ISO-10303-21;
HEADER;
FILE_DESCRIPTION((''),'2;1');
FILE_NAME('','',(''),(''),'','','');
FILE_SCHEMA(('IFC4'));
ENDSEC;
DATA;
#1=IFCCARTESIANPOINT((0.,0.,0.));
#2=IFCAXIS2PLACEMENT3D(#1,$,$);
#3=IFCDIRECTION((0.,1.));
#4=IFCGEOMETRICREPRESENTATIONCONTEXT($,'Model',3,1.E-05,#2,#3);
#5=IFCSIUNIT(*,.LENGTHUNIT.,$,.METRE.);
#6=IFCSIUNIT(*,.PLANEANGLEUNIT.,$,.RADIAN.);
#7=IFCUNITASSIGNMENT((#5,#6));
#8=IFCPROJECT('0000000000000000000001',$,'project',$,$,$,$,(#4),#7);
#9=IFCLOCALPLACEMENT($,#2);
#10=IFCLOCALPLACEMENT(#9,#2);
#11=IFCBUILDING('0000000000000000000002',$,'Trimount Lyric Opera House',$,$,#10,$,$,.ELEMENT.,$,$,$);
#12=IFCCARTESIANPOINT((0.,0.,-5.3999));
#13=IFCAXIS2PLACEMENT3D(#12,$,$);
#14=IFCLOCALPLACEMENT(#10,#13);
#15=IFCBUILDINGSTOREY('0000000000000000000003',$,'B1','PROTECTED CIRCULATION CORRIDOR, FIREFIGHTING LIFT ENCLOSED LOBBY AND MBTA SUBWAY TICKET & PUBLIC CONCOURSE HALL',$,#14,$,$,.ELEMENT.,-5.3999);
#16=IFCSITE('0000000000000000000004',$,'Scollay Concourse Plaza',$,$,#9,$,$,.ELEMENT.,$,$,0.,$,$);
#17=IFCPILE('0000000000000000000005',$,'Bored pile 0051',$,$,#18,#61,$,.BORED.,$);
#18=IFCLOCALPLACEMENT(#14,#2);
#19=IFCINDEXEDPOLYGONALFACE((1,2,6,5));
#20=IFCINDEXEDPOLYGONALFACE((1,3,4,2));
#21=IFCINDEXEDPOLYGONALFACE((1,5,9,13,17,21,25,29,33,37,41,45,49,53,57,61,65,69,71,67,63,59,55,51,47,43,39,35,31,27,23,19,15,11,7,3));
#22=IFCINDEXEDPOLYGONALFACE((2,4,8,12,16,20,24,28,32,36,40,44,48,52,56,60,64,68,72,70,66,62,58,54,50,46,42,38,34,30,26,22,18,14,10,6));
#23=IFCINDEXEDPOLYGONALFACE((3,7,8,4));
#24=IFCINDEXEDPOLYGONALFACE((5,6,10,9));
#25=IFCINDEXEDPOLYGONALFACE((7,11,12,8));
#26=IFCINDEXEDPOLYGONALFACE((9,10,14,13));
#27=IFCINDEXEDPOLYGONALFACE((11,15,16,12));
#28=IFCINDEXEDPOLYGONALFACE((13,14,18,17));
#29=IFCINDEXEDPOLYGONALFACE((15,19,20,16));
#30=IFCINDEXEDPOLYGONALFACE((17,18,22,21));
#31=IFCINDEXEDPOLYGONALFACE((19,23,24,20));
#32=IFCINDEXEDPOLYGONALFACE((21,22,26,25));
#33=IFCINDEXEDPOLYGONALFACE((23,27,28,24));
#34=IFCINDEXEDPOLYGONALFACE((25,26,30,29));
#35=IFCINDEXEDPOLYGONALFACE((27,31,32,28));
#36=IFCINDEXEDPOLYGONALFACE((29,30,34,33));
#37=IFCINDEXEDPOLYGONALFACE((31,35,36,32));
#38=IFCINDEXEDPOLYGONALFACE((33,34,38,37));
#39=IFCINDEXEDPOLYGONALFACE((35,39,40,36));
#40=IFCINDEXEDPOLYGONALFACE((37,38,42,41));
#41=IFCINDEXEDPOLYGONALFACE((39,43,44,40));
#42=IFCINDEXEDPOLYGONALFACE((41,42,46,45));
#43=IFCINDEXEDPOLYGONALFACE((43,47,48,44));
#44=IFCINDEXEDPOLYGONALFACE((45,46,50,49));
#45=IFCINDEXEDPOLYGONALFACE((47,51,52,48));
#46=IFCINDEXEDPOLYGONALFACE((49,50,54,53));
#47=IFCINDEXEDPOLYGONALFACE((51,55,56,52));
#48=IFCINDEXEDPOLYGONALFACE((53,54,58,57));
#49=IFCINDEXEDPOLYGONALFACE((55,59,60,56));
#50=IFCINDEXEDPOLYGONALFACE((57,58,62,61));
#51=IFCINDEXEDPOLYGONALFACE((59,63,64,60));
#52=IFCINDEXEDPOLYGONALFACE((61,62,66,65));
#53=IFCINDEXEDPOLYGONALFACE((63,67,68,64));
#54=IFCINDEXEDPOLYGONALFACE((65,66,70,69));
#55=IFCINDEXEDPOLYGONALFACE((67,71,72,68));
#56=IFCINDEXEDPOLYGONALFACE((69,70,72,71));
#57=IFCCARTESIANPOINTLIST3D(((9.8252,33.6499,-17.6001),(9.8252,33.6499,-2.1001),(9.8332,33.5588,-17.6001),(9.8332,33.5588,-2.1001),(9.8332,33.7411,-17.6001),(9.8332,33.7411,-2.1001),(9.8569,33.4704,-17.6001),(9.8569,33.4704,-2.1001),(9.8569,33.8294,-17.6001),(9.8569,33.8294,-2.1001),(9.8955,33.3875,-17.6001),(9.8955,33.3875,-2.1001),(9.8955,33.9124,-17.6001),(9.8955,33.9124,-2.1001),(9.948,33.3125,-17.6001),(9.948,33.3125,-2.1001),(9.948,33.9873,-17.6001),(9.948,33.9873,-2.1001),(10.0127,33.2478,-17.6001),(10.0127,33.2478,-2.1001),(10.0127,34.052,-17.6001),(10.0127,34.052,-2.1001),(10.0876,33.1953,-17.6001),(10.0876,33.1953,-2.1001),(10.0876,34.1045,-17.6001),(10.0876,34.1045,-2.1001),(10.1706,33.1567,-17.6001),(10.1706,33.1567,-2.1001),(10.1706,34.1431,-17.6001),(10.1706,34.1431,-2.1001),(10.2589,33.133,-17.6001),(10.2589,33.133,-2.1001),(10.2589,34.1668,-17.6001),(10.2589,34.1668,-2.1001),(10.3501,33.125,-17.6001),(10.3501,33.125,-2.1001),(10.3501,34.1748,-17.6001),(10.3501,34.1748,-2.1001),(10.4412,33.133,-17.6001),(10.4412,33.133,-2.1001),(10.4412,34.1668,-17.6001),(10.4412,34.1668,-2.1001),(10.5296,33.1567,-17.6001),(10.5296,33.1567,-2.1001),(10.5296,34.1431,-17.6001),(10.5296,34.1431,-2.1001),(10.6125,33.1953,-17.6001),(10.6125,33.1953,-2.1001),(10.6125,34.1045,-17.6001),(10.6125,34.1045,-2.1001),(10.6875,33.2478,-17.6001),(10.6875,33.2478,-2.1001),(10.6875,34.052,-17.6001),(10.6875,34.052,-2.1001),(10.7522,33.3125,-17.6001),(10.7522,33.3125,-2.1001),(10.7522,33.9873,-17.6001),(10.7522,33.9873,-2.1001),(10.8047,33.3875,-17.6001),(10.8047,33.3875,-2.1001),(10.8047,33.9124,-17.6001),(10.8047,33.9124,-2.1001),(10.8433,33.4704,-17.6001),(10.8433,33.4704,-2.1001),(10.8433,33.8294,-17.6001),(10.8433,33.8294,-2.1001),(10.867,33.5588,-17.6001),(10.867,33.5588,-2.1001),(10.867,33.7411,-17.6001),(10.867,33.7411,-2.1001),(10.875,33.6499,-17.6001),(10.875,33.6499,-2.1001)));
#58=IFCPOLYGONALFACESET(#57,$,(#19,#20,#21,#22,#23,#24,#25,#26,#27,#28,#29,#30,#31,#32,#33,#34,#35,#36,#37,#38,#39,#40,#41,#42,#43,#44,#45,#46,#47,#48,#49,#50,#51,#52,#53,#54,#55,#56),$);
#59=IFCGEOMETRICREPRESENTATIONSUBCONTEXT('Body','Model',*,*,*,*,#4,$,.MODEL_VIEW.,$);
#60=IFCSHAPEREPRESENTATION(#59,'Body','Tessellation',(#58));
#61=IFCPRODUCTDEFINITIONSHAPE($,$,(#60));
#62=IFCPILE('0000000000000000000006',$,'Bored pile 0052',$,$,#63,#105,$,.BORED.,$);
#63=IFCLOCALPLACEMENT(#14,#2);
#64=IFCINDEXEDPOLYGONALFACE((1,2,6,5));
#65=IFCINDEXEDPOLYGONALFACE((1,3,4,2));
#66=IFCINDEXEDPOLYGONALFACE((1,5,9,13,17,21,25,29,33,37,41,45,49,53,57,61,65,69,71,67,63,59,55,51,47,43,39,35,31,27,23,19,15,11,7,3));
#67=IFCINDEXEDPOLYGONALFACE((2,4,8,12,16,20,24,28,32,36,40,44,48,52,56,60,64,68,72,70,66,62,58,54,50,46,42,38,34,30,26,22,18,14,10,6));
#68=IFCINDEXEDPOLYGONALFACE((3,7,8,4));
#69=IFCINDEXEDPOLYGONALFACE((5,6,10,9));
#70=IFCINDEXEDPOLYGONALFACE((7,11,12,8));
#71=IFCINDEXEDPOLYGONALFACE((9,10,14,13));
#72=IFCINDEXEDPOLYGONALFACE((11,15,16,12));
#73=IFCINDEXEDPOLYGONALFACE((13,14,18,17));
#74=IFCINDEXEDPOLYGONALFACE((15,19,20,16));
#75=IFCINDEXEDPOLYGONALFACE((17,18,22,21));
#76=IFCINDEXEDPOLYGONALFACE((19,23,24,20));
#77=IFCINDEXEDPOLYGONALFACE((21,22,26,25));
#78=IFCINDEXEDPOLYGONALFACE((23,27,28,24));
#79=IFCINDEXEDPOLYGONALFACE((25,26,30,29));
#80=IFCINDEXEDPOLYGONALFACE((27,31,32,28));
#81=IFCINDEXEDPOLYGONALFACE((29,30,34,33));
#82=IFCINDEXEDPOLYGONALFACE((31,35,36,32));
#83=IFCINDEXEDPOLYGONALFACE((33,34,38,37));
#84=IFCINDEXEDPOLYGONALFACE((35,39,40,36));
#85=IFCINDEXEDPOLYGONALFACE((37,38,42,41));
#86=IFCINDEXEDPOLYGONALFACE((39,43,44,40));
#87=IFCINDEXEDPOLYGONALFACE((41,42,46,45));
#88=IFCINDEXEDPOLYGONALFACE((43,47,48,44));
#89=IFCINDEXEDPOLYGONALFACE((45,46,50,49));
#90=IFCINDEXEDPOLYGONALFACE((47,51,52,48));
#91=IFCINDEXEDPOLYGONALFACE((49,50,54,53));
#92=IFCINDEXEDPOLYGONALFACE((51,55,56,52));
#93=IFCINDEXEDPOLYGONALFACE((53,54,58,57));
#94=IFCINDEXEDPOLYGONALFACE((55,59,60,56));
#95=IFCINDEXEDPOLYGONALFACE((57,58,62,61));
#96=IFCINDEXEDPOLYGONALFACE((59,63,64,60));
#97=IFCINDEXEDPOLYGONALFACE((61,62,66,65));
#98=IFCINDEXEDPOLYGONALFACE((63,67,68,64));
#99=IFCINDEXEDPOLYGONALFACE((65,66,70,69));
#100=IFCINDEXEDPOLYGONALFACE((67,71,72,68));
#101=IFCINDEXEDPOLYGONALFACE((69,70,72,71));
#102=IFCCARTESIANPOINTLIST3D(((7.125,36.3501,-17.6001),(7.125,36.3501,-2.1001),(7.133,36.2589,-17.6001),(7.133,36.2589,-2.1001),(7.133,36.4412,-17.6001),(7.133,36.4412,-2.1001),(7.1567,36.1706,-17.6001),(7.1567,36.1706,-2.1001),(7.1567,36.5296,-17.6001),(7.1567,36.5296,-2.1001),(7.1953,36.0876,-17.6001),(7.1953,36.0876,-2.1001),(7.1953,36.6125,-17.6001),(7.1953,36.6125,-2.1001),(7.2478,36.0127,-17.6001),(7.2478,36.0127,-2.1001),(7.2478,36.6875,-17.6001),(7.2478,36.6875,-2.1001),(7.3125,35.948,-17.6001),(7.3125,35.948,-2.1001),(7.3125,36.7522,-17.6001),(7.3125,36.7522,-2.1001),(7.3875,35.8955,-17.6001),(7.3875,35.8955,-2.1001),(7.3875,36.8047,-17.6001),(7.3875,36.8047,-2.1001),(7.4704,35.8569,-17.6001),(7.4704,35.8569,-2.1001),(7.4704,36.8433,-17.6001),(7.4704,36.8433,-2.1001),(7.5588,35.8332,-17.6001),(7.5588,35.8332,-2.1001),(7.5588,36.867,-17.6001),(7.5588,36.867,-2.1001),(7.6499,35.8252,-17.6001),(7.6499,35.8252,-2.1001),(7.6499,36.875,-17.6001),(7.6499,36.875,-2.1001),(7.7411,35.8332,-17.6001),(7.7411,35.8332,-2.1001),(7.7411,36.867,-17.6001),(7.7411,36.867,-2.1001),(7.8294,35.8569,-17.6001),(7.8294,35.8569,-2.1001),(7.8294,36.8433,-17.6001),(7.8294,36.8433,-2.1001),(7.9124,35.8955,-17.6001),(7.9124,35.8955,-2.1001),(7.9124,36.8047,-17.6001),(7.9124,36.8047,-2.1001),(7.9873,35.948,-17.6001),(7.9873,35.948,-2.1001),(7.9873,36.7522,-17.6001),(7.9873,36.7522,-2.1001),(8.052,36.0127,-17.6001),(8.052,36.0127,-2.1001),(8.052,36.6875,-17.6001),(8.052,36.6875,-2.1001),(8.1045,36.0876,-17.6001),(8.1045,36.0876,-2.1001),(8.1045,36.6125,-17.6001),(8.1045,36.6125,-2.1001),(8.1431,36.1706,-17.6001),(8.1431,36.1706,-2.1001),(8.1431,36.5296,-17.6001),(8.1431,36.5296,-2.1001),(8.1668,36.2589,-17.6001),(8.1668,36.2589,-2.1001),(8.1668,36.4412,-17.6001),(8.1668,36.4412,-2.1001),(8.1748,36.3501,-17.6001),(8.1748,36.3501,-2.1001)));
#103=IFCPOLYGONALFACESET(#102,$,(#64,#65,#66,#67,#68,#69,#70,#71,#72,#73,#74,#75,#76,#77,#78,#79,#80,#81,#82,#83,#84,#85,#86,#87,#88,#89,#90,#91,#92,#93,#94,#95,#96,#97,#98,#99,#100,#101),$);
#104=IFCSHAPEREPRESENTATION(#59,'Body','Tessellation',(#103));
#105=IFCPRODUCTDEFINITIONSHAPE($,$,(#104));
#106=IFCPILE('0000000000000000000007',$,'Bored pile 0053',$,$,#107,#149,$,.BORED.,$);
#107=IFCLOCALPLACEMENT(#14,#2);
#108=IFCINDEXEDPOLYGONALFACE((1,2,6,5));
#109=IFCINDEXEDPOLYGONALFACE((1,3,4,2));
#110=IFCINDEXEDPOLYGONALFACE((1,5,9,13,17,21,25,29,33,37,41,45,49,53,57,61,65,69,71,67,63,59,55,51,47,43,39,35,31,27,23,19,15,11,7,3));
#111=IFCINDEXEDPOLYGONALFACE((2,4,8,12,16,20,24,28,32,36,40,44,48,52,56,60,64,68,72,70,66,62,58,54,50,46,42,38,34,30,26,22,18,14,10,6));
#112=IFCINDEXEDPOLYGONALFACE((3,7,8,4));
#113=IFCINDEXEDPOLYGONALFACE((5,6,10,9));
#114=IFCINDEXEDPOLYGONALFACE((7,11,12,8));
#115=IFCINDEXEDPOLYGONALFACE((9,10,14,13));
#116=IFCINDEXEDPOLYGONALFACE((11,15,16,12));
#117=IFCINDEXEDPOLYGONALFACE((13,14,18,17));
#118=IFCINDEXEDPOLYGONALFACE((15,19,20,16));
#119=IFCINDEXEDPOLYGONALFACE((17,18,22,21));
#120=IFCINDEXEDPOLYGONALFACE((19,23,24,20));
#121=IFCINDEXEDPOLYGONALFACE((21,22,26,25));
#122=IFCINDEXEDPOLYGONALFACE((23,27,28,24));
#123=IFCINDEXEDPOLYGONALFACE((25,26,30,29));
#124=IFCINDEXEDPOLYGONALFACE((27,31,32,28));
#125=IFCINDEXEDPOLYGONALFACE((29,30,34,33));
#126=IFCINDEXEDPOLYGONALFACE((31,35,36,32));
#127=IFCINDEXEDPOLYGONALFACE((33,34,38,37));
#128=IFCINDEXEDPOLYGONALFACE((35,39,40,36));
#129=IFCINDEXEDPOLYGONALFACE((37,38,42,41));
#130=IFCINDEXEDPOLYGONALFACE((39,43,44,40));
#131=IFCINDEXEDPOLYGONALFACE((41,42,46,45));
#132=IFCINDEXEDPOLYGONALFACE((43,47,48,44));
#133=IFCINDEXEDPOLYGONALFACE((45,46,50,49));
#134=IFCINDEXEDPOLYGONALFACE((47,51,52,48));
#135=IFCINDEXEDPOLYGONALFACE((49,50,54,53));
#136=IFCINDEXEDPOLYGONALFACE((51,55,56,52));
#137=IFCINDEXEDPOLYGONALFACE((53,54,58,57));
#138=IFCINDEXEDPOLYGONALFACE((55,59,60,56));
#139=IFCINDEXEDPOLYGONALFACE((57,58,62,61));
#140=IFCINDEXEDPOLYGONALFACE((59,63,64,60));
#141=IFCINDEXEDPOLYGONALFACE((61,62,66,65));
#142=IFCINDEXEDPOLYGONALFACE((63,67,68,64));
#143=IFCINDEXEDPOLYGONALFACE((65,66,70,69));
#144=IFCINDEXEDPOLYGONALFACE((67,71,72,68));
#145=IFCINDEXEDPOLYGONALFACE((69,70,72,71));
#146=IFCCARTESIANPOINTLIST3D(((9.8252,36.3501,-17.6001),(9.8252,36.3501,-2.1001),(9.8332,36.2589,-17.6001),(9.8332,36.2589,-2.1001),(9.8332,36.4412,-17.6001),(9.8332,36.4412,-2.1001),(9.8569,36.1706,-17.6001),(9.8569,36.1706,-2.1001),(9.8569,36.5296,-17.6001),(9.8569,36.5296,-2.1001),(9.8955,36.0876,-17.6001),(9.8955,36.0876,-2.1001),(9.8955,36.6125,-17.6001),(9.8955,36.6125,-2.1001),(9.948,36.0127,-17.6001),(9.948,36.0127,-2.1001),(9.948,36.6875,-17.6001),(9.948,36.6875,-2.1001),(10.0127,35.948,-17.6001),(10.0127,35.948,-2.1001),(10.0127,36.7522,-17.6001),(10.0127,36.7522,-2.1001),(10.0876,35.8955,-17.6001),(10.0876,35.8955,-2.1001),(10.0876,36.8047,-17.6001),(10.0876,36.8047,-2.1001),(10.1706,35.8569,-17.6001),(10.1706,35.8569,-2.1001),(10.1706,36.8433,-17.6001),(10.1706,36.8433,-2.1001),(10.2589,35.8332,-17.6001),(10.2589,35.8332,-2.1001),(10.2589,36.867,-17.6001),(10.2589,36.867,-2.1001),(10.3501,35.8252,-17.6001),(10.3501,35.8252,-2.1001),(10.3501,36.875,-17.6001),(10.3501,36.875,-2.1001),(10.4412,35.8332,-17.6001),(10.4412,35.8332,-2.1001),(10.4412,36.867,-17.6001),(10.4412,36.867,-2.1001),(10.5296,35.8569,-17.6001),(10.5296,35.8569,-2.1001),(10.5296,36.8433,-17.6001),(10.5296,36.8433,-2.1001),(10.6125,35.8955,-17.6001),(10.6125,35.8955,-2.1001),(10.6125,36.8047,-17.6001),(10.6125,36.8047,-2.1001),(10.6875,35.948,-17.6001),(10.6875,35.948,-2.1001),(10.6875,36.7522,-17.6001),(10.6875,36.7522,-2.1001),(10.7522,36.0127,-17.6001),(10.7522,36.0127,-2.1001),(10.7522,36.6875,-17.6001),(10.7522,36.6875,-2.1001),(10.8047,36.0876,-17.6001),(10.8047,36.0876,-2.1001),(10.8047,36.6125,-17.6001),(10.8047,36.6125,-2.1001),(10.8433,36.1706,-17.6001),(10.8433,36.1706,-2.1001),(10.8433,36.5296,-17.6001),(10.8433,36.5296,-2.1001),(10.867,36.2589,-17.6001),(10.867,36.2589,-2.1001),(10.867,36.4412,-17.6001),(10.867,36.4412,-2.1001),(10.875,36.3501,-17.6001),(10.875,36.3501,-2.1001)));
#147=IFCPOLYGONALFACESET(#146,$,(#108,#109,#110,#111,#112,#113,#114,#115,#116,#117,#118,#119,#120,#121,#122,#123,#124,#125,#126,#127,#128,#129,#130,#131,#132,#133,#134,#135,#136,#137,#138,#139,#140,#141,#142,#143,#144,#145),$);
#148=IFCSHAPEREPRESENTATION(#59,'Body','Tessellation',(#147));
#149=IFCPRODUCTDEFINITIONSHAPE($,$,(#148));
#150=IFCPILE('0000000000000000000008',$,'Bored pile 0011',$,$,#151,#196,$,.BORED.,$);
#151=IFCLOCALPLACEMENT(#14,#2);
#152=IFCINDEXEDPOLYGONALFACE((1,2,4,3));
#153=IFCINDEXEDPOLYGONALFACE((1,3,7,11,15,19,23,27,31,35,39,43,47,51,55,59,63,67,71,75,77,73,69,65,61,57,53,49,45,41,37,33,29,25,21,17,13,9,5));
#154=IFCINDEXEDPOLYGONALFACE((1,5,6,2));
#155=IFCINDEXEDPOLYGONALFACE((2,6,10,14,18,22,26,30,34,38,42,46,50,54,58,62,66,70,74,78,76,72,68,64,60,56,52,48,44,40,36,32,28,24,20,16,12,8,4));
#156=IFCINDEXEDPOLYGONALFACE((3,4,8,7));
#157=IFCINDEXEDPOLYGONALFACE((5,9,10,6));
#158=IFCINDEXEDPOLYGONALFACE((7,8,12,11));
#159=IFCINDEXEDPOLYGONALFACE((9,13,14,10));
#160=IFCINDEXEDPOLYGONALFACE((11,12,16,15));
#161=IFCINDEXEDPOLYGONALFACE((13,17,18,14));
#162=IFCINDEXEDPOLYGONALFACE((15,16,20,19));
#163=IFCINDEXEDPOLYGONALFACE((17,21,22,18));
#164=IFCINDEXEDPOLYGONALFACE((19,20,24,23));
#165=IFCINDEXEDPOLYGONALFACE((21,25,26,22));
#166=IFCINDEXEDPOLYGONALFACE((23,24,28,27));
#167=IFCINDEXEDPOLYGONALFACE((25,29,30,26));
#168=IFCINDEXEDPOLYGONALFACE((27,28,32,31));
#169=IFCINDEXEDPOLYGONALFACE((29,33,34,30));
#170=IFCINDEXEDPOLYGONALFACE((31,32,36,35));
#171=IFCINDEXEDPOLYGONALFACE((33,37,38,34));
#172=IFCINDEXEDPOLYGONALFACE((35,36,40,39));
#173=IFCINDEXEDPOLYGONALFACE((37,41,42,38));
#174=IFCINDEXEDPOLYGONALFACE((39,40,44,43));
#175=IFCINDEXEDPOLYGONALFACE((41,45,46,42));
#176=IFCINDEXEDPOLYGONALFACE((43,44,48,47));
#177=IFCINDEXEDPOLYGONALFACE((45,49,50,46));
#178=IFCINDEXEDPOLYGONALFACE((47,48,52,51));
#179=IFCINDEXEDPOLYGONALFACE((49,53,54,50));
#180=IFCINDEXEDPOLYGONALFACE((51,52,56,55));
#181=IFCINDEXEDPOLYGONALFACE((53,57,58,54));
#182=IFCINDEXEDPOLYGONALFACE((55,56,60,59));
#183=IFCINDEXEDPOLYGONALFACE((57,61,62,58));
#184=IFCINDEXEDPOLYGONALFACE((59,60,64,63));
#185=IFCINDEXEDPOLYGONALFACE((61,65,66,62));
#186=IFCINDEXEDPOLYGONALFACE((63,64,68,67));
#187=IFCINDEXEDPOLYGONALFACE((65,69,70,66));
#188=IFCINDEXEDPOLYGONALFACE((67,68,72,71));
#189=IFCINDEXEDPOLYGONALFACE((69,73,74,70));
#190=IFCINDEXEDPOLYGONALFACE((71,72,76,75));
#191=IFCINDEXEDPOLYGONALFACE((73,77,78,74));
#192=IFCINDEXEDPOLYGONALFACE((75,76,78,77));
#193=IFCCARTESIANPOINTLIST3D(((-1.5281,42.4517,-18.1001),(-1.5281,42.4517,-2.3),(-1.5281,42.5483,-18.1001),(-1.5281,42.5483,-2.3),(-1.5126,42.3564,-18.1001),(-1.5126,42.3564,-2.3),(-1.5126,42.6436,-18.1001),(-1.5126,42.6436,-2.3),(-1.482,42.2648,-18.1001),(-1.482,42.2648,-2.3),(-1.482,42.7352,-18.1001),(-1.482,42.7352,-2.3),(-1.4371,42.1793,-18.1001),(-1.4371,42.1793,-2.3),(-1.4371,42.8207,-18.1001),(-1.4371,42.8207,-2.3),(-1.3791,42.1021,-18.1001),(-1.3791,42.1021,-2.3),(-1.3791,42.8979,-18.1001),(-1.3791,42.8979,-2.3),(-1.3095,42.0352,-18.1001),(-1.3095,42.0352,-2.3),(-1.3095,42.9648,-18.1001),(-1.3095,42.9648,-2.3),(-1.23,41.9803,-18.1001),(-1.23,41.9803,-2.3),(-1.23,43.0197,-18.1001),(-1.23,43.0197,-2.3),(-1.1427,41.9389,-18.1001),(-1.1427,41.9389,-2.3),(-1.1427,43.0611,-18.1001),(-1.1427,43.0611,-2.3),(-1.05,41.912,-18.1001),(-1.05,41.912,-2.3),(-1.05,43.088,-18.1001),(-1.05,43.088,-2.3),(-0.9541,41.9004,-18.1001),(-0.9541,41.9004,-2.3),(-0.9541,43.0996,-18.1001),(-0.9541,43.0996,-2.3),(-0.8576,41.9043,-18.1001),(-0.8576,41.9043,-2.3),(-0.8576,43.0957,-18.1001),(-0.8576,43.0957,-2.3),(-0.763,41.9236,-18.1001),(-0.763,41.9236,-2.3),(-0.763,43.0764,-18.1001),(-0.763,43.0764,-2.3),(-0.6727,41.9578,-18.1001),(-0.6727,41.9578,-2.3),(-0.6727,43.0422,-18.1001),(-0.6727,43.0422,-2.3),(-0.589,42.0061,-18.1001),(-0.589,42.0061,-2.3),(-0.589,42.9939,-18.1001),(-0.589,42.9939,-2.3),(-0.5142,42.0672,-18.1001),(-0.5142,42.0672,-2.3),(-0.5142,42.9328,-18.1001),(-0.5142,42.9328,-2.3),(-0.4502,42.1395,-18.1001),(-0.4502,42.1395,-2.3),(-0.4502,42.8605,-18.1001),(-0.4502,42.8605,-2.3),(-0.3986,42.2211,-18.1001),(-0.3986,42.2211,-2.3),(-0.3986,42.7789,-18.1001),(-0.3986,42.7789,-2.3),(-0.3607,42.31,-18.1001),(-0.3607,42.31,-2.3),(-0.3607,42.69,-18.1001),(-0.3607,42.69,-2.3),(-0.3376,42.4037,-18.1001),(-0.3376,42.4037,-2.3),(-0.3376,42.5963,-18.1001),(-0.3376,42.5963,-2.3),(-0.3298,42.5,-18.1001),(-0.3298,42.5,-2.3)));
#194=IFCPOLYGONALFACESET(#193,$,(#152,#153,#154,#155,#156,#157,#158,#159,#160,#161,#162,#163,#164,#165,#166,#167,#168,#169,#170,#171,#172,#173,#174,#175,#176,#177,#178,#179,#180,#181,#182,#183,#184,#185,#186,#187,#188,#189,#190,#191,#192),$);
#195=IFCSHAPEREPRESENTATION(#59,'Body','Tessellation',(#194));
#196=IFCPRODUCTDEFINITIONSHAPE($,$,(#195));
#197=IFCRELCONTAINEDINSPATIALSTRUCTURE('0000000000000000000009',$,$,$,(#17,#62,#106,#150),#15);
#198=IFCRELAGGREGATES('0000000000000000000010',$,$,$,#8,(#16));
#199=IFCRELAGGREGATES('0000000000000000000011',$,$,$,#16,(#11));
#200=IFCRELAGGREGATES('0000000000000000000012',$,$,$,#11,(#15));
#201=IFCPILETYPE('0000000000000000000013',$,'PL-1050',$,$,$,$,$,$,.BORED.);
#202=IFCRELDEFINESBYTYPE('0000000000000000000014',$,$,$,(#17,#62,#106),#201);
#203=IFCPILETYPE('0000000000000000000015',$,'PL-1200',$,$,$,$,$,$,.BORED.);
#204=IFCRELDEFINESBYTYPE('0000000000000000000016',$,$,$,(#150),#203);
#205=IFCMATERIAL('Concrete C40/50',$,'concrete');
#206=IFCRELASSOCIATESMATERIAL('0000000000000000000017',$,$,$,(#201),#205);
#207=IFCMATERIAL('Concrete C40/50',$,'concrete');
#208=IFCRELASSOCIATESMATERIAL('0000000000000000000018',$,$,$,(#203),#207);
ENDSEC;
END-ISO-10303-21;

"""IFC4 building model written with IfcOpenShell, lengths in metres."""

from ifc_helpers import new_model, si_unit, direction, frame, origin, origin_2d, place, context, subcontext, project, spatial, circle, extrude, material, material_profile, profile_set, type_object, element, save


model = new_model("IFC4")

# Units and contexts
model_context = context("Model", 3, precision=1e-05, world=origin(), true_north=direction((0.0, 1.0)))
body_context = subcontext(model_context, "Body", "Model", "MODEL_VIEW")
ifc_project = project(units=[si_unit("LENGTHUNIT", "METRE"), si_unit("PLANEANGLEUNIT", "RADIAN")], contexts=[model_context])

# Site, building, storey
site_placement = place(None, origin())
site = spatial("IfcSite", under=ifc_project, at=site_placement, Name="Scollay Concourse Plaza", CompositionType="ELEMENT", RefElevation=0.0)
building_placement = place(site_placement, origin())
building = spatial("IfcBuilding", under=site, at=building_placement, Name="Trimount Lyric Opera House", CompositionType="ELEMENT")
storey_placement = place(building_placement, frame((0.0, 0.0, -5.3999)))
storey = spatial("IfcBuildingStorey", under=building, at=storey_placement, Name="B1", Description="PROTECTED CIRCULATION CORRIDOR, FIREFIGHTING LIFT ENCLOSED LOBBY AND MBTA SUBWAY TICKET & PUBLIC CONCOURSE HALL", CompositionType="ELEMENT", Elevation=-5.3999)

# Piles
ifc_material_1 = material(Name="Concrete C40/50", Category="concrete")
ifc_material_profile_1 = material_profile(ifc_material_1, circle(Radius=0.5249, at=origin_2d()), Name="PILE-D1050")
ifc_profile_set_1 = profile_set([ifc_material_profile_1], Name="Concrete C40/50")
pile_type_1 = type_object("IfcPileType", Name="PL-1050", PredefinedType="BORED", material=ifc_profile_set_1)
for number, where, z_axis, x_axis, name in (
    (1, (10.3501, 33.6499, -2.1001), (0.0, 0.0, -1.0), (1.0, 0.0, 0.0), "Bored pile 0051"),
    (2, (7.6499, 36.3501, -2.1001), (0.0, 0.0, -1.0), (1.0, 0.0, 0.0), "Bored pile 0052"),
    (3, (10.3501, 36.3501, -2.1001), (0.0, 0.0, -1.0), (1.0, 0.0, 0.0), "Bored pile 0053"),
):
    element("IfcPile", number, at=place(storey_placement, frame(where, z_axis=z_axis, x_axis=x_axis)), inside=storey, type_object=pile_type_1, Name=name, PredefinedType="BORED", context=body_context, shape_type="SweptSolid", body=[
        extrude(circle(Radius=0.5249, at=origin_2d()), origin(), (0.0, 0.0, 1.0), 15.5),
    ])
ifc_material_2 = material(Name="Concrete C40/50", Category="concrete")
ifc_material_profile_2 = material_profile(ifc_material_2, circle(Radius=0.6001, at=origin_2d()), Name="PILE-D1200")
ifc_profile_set_2 = profile_set([ifc_material_profile_2], Name="Concrete C40/50")
pile_type_2 = type_object("IfcPileType", Name="PL-1200", PredefinedType="BORED", material=ifc_profile_set_2)
pile_placement = place(storey_placement, frame((-0.9299, 42.5, -2.3), z_axis=(0.0, 0.0, -1.0), x_axis=(1.0, 0.0, 0.0)))
element("IfcPile", 4, at=pile_placement, inside=storey, type_object=pile_type_2, Name="Bored pile 0011", PredefinedType="BORED", context=body_context, shape_type="SweptSolid", body=[
    extrude(circle(Radius=0.6001, at=origin_2d()), origin(), (0.0, 0.0, 1.0), 15.8),
])

save(model, "model.ifc")
